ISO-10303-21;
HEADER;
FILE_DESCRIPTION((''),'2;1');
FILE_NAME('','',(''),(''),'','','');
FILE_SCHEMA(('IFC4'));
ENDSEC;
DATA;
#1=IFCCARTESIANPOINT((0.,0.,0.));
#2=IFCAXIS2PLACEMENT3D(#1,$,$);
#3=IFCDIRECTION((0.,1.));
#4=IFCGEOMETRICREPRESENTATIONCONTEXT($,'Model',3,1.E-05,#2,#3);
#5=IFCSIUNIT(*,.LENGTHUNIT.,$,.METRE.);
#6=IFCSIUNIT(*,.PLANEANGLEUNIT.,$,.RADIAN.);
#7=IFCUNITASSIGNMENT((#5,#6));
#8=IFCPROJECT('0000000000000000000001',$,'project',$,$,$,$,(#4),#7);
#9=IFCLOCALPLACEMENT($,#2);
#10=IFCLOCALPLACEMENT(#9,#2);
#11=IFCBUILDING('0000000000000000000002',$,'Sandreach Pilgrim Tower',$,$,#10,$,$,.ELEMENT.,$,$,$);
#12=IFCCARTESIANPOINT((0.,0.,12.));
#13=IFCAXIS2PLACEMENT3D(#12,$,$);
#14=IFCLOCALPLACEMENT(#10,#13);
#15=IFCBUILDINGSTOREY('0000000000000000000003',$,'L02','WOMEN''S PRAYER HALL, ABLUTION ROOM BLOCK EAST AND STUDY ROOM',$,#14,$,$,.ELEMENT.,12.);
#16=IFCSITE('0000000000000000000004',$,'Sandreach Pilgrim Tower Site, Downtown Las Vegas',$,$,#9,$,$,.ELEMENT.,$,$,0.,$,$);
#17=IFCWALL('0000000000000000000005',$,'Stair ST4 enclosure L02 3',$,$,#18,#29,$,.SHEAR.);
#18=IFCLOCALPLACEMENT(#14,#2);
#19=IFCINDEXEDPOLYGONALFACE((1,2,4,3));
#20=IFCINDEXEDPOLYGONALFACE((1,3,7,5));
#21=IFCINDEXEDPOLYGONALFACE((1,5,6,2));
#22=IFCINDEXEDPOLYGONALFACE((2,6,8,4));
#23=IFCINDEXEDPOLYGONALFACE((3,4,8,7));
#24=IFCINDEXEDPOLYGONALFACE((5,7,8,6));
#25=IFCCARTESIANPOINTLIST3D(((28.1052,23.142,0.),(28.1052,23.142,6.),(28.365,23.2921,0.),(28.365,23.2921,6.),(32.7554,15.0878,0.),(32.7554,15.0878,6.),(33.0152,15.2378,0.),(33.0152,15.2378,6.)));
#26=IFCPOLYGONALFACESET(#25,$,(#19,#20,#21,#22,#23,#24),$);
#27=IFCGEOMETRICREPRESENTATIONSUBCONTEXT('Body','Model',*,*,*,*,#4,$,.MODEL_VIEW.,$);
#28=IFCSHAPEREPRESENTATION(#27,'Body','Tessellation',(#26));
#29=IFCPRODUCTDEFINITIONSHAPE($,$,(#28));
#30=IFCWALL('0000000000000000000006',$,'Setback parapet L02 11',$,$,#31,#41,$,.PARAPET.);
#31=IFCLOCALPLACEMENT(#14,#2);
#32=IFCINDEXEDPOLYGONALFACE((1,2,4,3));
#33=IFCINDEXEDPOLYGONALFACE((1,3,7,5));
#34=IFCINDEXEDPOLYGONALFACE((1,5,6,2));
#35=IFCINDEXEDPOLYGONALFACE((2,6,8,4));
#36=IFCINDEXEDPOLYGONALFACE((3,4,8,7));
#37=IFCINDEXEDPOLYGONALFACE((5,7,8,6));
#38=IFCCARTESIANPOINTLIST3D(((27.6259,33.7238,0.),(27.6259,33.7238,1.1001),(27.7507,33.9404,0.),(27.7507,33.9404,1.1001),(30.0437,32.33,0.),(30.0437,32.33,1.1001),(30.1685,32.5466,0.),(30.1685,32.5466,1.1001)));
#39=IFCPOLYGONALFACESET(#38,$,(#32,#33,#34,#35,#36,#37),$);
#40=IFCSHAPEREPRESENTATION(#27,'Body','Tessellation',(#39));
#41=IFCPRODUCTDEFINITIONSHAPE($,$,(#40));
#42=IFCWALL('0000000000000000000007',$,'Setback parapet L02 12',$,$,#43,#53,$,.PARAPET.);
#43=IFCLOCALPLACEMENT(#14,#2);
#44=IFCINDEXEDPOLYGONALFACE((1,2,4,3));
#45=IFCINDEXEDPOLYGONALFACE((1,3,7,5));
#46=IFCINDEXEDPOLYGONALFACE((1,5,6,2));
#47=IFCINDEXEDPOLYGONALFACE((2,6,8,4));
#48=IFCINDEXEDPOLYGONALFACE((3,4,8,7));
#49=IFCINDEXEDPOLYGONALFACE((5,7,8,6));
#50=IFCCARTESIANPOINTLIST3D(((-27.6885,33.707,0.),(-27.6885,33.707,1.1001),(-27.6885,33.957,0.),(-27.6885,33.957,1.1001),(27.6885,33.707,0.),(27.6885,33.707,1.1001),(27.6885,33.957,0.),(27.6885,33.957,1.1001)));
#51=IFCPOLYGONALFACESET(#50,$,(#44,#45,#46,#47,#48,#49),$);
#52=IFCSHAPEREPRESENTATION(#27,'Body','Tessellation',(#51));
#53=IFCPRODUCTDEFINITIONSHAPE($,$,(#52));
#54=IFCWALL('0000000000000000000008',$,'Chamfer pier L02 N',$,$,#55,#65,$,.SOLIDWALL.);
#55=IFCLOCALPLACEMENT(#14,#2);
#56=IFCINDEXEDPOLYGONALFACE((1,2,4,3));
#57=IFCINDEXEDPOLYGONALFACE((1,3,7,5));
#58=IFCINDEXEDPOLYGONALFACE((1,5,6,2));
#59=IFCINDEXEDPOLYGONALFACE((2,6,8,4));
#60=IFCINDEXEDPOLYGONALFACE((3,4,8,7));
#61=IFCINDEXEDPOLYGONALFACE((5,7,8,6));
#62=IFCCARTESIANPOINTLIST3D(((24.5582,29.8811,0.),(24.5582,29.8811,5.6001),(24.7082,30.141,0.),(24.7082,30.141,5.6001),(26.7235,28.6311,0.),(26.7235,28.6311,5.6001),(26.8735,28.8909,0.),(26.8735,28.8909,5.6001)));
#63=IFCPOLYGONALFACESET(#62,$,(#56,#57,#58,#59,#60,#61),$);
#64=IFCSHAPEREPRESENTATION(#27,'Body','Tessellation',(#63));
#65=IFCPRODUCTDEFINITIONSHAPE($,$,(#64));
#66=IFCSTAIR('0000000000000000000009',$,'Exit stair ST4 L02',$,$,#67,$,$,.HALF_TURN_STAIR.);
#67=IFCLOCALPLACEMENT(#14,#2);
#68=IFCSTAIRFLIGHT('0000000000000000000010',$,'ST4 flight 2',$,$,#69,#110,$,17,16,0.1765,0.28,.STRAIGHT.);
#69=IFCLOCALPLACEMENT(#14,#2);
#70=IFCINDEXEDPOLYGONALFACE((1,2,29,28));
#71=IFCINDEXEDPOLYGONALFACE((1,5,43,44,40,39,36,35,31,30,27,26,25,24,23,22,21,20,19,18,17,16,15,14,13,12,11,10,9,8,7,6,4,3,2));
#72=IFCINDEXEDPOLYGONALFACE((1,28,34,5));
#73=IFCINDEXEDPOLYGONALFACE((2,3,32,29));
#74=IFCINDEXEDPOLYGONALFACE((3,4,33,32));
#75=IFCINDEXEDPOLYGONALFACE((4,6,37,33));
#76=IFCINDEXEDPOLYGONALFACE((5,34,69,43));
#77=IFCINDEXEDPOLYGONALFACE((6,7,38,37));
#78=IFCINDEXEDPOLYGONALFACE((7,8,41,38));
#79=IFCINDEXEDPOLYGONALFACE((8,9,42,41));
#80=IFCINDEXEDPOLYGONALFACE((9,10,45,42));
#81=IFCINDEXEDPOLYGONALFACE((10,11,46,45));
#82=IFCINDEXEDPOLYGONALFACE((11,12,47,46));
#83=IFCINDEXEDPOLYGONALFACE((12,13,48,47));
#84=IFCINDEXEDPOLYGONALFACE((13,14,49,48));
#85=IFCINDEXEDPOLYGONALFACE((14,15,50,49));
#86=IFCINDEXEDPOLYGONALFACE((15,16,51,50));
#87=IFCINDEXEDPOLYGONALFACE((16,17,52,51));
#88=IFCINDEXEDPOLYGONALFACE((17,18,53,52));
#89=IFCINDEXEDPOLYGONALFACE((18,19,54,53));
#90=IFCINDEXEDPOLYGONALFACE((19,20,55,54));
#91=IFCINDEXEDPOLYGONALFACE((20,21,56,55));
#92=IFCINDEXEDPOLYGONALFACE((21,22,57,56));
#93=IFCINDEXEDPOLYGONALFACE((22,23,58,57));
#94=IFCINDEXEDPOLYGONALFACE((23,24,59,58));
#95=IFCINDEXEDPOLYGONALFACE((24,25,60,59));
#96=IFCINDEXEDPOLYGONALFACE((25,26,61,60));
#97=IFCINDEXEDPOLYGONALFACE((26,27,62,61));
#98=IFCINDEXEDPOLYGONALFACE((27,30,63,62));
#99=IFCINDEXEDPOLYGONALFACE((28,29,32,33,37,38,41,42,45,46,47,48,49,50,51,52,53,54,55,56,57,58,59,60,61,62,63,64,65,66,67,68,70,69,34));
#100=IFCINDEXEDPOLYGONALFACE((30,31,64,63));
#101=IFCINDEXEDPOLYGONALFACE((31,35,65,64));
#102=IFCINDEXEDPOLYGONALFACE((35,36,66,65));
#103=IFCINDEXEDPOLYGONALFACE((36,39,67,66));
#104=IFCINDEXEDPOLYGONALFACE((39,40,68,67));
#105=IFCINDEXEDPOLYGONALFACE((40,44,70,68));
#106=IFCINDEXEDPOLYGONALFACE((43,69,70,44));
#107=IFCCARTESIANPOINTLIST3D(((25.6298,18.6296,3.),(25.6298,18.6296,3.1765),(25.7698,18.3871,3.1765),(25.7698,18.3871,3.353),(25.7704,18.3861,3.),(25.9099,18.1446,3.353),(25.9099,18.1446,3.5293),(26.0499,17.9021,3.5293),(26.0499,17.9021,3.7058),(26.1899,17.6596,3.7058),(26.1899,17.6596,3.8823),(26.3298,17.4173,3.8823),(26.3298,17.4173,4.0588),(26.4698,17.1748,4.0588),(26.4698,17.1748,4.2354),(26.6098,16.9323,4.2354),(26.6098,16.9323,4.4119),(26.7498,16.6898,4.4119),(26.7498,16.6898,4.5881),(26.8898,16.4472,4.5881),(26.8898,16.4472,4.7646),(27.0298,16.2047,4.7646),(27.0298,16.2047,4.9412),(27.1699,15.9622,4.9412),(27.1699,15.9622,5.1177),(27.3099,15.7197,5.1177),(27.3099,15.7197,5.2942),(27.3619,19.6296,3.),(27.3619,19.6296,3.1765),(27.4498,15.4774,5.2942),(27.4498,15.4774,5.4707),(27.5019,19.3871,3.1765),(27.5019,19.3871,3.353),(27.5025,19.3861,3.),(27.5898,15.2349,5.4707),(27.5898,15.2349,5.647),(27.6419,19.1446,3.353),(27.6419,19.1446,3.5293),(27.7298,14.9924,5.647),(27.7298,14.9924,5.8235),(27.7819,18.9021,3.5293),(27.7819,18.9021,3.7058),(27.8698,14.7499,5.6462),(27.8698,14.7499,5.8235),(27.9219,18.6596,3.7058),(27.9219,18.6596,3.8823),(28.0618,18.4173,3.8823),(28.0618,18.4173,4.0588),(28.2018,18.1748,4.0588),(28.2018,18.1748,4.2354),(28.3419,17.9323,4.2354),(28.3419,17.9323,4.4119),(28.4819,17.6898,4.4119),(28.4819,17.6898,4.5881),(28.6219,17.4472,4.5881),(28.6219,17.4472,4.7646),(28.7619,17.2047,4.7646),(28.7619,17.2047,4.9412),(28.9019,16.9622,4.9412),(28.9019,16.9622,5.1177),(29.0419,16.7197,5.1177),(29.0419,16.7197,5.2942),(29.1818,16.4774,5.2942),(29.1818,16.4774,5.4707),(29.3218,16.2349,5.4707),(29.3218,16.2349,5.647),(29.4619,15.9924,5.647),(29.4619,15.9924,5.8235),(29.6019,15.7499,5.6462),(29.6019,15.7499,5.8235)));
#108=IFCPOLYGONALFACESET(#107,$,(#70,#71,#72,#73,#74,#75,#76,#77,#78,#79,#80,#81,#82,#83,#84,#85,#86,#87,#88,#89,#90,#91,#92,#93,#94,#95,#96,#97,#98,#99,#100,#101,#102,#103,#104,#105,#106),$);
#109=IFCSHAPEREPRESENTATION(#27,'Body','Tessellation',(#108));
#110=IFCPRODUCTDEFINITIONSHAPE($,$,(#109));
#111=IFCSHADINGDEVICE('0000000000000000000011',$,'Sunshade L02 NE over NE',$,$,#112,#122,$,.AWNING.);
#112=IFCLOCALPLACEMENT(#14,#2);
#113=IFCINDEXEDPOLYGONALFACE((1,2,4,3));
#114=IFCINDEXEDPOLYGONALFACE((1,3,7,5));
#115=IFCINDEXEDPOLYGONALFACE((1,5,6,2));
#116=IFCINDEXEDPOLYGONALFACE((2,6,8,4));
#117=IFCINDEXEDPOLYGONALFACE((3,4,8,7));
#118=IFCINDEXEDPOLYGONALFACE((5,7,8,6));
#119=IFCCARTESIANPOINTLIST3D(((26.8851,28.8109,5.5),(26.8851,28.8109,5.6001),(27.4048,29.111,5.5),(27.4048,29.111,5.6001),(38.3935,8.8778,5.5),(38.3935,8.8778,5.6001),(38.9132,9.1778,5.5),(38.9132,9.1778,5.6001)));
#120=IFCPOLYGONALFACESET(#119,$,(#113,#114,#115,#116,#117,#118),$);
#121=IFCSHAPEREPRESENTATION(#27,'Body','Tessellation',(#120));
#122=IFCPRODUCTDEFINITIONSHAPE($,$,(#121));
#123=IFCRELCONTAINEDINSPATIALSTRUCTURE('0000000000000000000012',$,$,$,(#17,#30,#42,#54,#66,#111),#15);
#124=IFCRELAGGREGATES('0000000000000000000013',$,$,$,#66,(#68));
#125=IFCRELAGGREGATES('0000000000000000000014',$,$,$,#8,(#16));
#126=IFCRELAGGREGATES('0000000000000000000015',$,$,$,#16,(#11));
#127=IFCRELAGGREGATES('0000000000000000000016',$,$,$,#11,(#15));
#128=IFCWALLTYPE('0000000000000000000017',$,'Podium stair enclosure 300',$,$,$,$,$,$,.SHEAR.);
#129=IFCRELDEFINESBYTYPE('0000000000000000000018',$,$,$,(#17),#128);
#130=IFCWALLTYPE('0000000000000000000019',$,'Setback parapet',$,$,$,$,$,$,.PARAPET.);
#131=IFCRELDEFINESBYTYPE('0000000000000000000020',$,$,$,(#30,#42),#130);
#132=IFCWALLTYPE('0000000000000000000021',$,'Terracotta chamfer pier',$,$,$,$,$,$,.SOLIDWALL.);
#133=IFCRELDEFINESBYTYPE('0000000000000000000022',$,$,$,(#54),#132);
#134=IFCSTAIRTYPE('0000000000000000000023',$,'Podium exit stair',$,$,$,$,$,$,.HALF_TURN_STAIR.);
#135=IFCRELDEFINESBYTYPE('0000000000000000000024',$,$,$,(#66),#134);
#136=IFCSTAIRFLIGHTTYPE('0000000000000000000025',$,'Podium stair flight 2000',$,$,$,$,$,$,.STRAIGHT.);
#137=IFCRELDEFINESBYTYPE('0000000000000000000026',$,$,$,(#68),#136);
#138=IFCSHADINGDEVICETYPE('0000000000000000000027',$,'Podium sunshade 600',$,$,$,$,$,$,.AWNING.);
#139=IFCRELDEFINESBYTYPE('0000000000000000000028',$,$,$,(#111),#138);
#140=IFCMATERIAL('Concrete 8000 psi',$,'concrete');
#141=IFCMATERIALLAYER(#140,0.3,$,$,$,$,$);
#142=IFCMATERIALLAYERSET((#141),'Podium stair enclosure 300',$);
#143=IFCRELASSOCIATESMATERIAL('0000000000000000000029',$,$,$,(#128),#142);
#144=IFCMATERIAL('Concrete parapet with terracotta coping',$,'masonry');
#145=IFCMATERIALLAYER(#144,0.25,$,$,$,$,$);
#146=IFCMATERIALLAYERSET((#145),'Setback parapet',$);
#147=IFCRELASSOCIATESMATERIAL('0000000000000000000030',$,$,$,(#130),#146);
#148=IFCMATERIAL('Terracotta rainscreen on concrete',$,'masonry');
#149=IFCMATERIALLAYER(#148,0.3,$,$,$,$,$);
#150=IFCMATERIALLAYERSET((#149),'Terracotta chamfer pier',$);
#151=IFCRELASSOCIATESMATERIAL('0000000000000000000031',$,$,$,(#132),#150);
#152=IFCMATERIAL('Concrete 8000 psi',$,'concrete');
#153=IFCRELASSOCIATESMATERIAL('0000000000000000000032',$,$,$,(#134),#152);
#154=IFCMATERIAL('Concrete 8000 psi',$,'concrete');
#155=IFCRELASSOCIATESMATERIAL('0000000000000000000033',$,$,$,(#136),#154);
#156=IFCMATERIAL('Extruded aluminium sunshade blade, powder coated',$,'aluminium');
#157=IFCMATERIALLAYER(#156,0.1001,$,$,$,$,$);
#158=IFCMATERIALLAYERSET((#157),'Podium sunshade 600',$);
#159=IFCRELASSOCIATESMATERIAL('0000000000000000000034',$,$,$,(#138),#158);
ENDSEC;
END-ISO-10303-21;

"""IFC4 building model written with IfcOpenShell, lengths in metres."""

from ifc_helpers import new_model, si_unit, direction, frame, frame_2d, origin, origin_2d, place, context, subcontext, project, spatial, polyline, rectangle, outline, extrude, material, layer, layer_set, type_object, element, aggregate, save


model = new_model("IFC4")

# Units and contexts
model_context = context("Model", 3, precision=1e-05, world=origin(), true_north=direction((0.0, 1.0)))
body_context = subcontext(model_context, "Body", "Model", "MODEL_VIEW")
ifc_project = project(units=[si_unit("LENGTHUNIT", "METRE"), si_unit("PLANEANGLEUNIT", "RADIAN")], contexts=[model_context])

# Site, building, storey
site_placement = place(None, origin())
site = spatial("IfcSite", under=ifc_project, at=site_placement, Name="Sandreach Pilgrim Tower Site, Downtown Las Vegas", CompositionType="ELEMENT", RefElevation=0.0)
building_placement = place(site_placement, origin())
building = spatial("IfcBuilding", under=site, at=building_placement, Name="Sandreach Pilgrim Tower", CompositionType="ELEMENT")
storey_placement = place(building_placement, frame((0.0, 0.0, 12.0)))
storey = spatial("IfcBuildingStorey", under=building, at=storey_placement, Name="L02", Description="WOMEN'S PRAYER HALL, ABLUTION ROOM BLOCK EAST AND STUDY ROOM", CompositionType="ELEMENT", Elevation=12.0)

# Walls
ifc_material_1 = material(Name="Concrete 8000 psi", Category="concrete")
ifc_layer_1 = layer(ifc_material_1, 0.3)
ifc_layer_set_1 = layer_set([ifc_layer_1], Name="Podium stair enclosure 300")
wall_type_1 = type_object("IfcWallType", Name="Podium stair enclosure 300", PredefinedType="SHEAR", material=ifc_layer_set_1)
wall_1_placement = place(storey_placement, frame((28.2351, 23.217, 0.0), z_axis=(0.0, 0.0, 1.0), x_axis=(0.500004, -0.866023, 0.0)))
element("IfcWall", 1, at=wall_1_placement, inside=storey, type_object=wall_type_1, Name="Stair ST4 enclosure L02 3", PredefinedType="SHEAR", context=body_context, shape_type="SweptSolid", body=[
    extrude(rectangle(XDim=9.3003, YDim=0.3, at=frame_2d((4.6501, 0.0))), origin(), (0.0, 0.0, 1.0), 6.0),
])
ifc_material_2 = material(Name="Concrete parapet with terracotta coping", Category="masonry")
ifc_layer_2 = layer(ifc_material_2, 0.25)
ifc_layer_set_2 = layer_set([ifc_layer_2], Name="Setback parapet")
wall_type_2 = type_object("IfcWallType", Name="Setback parapet", PredefinedType="PARAPET", material=ifc_layer_set_2)
wall_2_placement = place(storey_placement, frame((30.1062, 32.4382, 0.0), z_axis=(0.0, 0.0, 1.0), x_axis=(-0.866347, 0.499442, 0.0)))
element("IfcWall", 2, at=wall_2_placement, inside=storey, type_object=wall_type_2, Name="Setback parapet L02 11", PredefinedType="PARAPET", context=body_context, shape_type="SweptSolid", body=[
    extrude(rectangle(XDim=2.7908, YDim=0.25, at=frame_2d((1.3955, 0.0))), origin(), (0.0, 0.0, 1.0), 1.1001),
])
wall_3_placement = place(storey_placement, frame((27.6885, 33.832, 0.0), z_axis=(0.0, 0.0, 1.0), x_axis=(-1.0, 0.0, 0.0)))
element("IfcWall", 3, at=wall_3_placement, inside=storey, type_object=wall_type_2, Name="Setback parapet L02 12", PredefinedType="PARAPET", context=body_context, shape_type="SweptSolid", body=[
    extrude(rectangle(XDim=55.377, YDim=0.25, at=frame_2d((27.6885, 0.0))), origin(), (0.0, 0.0, 1.0), 1.1001),
])
ifc_material_3 = material(Name="Terracotta rainscreen on concrete", Category="masonry")
ifc_layer_3 = layer(ifc_material_3, 0.3)
ifc_layer_set_3 = layer_set([ifc_layer_3], Name="Terracotta chamfer pier")
wall_type_3 = type_object("IfcWallType", Name="Terracotta chamfer pier", PredefinedType="SOLIDWALL", material=ifc_layer_set_3)
wall_4_placement = place(storey_placement, frame((24.6333, 30.011, 0.0), z_axis=(0.0, 0.0, 1.0), x_axis=(0.866047, -0.499962, 0.0)))
element("IfcWall", 4, at=wall_4_placement, inside=storey, type_object=wall_type_3, Name="Chamfer pier L02 N", PredefinedType="SOLIDWALL", context=body_context, shape_type="SweptSolid", body=[
    extrude(rectangle(XDim=2.5002, YDim=0.3, at=frame_2d((1.25, 0.0))), origin(), (0.0, 0.0, 1.0), 5.6001),
])

# Stair, stair flight
ifc_material_4 = material(Name="Concrete 8000 psi", Category="concrete")
stair_type = type_object("IfcStairType", Name="Podium exit stair", PredefinedType="HALF_TURN_STAIR", material=ifc_material_4)
stair_placement = place(storey_placement, origin())
stair = element("IfcStair", 5, at=stair_placement, inside=storey, type_object=stair_type, Name="Exit stair ST4 L02", PredefinedType="HALF_TURN_STAIR")
ifc_material_5 = material(Name="Concrete 8000 psi", Category="concrete")
stair_flight_type = type_object("IfcStairFlightType", Name="Podium stair flight 2000", PredefinedType="STRAIGHT", material=ifc_material_5)
stair_flight_placement = place(storey_placement, frame((26.4958, 19.1296, 3.0), z_axis=(0.0, 0.0, 1.0), x_axis=(0.5, -0.866025, 0.0)))
stair_flight = element("IfcStairFlight", 6, at=stair_flight_placement, type_object=stair_flight_type, Name="ST4 flight 2", NumberOfRisers=17, NumberOfTreads=16, PredefinedType="STRAIGHT", RiserHeight=0.1765, TreadLength=0.28, context=body_context, shape_type="SweptSolid", body=[
    extrude(outline(polyline([(0.0, 0.0), (0.0, 0.1765), (0.28, 0.1765), (0.28, 0.353), (0.5601, 0.353), (0.5601, 0.5293), (0.8401, 0.5293), (0.8401, 0.7058), (1.1201, 0.7058), (1.1201, 0.8823), (1.3999, 0.8823), (1.3999, 1.0588), (1.6799, 1.0588), (1.6799, 1.2354), (1.96, 1.2354), (1.96, 1.4119), (2.24, 1.4119), (2.24, 1.5881), (2.52, 1.5881), (2.52, 1.7646), (2.8, 1.7646), (2.8, 1.9412), (3.0801, 1.9412), (3.0801, 2.1177), (3.3601, 2.1177), (3.3601, 2.2942), (3.6399, 2.2942), (3.6399, 2.4707), (3.9199, 2.4707), (3.9199, 2.647), (4.2, 2.647), (4.2, 2.8235), (4.48, 2.8235), (4.48, 3.0), (4.48, 2.6462), (0.2812, 0.0), (0.0, 0.0)])), frame((0.0, 1.0, 0.0), z_axis=(0.0, -1.0, 0.0), x_axis=(1.0, 0.0, 0.0)), (0.0, 0.0, 1.0), 2.0),
])
aggregate(stair, [stair_flight])

# Shading device
ifc_material_6 = material(Name="Extruded aluminium sunshade blade, powder coated", Category="aluminium")
ifc_layer_4 = layer(ifc_material_6, 0.1001)
ifc_layer_set_4 = layer_set([ifc_layer_4], Name="Podium sunshade 600")
shading_device_type = type_object("IfcShadingDeviceType", Name="Podium sunshade 600", PredefinedType="AWNING", material=ifc_layer_set_4)
shading_device_placement = place(storey_placement, frame((32.8992, 18.9944, 5.5), z_axis=(0.0, 0.0, 1.0), x_axis=(0.5, -0.866025, 0.0)))
element("IfcShadingDevice", 7, at=shading_device_placement, inside=storey, type_object=shading_device_type, Name="Sunshade L02 NE over NE", PredefinedType="AWNING", context=body_context, shape_type="SweptSolid", body=[
    extrude(rectangle(XDim=23.0168, YDim=0.6001, at=origin_2d()), origin(), (0.0, 0.0, 1.0), 0.1001),
])

save(model, "model.ifc")
